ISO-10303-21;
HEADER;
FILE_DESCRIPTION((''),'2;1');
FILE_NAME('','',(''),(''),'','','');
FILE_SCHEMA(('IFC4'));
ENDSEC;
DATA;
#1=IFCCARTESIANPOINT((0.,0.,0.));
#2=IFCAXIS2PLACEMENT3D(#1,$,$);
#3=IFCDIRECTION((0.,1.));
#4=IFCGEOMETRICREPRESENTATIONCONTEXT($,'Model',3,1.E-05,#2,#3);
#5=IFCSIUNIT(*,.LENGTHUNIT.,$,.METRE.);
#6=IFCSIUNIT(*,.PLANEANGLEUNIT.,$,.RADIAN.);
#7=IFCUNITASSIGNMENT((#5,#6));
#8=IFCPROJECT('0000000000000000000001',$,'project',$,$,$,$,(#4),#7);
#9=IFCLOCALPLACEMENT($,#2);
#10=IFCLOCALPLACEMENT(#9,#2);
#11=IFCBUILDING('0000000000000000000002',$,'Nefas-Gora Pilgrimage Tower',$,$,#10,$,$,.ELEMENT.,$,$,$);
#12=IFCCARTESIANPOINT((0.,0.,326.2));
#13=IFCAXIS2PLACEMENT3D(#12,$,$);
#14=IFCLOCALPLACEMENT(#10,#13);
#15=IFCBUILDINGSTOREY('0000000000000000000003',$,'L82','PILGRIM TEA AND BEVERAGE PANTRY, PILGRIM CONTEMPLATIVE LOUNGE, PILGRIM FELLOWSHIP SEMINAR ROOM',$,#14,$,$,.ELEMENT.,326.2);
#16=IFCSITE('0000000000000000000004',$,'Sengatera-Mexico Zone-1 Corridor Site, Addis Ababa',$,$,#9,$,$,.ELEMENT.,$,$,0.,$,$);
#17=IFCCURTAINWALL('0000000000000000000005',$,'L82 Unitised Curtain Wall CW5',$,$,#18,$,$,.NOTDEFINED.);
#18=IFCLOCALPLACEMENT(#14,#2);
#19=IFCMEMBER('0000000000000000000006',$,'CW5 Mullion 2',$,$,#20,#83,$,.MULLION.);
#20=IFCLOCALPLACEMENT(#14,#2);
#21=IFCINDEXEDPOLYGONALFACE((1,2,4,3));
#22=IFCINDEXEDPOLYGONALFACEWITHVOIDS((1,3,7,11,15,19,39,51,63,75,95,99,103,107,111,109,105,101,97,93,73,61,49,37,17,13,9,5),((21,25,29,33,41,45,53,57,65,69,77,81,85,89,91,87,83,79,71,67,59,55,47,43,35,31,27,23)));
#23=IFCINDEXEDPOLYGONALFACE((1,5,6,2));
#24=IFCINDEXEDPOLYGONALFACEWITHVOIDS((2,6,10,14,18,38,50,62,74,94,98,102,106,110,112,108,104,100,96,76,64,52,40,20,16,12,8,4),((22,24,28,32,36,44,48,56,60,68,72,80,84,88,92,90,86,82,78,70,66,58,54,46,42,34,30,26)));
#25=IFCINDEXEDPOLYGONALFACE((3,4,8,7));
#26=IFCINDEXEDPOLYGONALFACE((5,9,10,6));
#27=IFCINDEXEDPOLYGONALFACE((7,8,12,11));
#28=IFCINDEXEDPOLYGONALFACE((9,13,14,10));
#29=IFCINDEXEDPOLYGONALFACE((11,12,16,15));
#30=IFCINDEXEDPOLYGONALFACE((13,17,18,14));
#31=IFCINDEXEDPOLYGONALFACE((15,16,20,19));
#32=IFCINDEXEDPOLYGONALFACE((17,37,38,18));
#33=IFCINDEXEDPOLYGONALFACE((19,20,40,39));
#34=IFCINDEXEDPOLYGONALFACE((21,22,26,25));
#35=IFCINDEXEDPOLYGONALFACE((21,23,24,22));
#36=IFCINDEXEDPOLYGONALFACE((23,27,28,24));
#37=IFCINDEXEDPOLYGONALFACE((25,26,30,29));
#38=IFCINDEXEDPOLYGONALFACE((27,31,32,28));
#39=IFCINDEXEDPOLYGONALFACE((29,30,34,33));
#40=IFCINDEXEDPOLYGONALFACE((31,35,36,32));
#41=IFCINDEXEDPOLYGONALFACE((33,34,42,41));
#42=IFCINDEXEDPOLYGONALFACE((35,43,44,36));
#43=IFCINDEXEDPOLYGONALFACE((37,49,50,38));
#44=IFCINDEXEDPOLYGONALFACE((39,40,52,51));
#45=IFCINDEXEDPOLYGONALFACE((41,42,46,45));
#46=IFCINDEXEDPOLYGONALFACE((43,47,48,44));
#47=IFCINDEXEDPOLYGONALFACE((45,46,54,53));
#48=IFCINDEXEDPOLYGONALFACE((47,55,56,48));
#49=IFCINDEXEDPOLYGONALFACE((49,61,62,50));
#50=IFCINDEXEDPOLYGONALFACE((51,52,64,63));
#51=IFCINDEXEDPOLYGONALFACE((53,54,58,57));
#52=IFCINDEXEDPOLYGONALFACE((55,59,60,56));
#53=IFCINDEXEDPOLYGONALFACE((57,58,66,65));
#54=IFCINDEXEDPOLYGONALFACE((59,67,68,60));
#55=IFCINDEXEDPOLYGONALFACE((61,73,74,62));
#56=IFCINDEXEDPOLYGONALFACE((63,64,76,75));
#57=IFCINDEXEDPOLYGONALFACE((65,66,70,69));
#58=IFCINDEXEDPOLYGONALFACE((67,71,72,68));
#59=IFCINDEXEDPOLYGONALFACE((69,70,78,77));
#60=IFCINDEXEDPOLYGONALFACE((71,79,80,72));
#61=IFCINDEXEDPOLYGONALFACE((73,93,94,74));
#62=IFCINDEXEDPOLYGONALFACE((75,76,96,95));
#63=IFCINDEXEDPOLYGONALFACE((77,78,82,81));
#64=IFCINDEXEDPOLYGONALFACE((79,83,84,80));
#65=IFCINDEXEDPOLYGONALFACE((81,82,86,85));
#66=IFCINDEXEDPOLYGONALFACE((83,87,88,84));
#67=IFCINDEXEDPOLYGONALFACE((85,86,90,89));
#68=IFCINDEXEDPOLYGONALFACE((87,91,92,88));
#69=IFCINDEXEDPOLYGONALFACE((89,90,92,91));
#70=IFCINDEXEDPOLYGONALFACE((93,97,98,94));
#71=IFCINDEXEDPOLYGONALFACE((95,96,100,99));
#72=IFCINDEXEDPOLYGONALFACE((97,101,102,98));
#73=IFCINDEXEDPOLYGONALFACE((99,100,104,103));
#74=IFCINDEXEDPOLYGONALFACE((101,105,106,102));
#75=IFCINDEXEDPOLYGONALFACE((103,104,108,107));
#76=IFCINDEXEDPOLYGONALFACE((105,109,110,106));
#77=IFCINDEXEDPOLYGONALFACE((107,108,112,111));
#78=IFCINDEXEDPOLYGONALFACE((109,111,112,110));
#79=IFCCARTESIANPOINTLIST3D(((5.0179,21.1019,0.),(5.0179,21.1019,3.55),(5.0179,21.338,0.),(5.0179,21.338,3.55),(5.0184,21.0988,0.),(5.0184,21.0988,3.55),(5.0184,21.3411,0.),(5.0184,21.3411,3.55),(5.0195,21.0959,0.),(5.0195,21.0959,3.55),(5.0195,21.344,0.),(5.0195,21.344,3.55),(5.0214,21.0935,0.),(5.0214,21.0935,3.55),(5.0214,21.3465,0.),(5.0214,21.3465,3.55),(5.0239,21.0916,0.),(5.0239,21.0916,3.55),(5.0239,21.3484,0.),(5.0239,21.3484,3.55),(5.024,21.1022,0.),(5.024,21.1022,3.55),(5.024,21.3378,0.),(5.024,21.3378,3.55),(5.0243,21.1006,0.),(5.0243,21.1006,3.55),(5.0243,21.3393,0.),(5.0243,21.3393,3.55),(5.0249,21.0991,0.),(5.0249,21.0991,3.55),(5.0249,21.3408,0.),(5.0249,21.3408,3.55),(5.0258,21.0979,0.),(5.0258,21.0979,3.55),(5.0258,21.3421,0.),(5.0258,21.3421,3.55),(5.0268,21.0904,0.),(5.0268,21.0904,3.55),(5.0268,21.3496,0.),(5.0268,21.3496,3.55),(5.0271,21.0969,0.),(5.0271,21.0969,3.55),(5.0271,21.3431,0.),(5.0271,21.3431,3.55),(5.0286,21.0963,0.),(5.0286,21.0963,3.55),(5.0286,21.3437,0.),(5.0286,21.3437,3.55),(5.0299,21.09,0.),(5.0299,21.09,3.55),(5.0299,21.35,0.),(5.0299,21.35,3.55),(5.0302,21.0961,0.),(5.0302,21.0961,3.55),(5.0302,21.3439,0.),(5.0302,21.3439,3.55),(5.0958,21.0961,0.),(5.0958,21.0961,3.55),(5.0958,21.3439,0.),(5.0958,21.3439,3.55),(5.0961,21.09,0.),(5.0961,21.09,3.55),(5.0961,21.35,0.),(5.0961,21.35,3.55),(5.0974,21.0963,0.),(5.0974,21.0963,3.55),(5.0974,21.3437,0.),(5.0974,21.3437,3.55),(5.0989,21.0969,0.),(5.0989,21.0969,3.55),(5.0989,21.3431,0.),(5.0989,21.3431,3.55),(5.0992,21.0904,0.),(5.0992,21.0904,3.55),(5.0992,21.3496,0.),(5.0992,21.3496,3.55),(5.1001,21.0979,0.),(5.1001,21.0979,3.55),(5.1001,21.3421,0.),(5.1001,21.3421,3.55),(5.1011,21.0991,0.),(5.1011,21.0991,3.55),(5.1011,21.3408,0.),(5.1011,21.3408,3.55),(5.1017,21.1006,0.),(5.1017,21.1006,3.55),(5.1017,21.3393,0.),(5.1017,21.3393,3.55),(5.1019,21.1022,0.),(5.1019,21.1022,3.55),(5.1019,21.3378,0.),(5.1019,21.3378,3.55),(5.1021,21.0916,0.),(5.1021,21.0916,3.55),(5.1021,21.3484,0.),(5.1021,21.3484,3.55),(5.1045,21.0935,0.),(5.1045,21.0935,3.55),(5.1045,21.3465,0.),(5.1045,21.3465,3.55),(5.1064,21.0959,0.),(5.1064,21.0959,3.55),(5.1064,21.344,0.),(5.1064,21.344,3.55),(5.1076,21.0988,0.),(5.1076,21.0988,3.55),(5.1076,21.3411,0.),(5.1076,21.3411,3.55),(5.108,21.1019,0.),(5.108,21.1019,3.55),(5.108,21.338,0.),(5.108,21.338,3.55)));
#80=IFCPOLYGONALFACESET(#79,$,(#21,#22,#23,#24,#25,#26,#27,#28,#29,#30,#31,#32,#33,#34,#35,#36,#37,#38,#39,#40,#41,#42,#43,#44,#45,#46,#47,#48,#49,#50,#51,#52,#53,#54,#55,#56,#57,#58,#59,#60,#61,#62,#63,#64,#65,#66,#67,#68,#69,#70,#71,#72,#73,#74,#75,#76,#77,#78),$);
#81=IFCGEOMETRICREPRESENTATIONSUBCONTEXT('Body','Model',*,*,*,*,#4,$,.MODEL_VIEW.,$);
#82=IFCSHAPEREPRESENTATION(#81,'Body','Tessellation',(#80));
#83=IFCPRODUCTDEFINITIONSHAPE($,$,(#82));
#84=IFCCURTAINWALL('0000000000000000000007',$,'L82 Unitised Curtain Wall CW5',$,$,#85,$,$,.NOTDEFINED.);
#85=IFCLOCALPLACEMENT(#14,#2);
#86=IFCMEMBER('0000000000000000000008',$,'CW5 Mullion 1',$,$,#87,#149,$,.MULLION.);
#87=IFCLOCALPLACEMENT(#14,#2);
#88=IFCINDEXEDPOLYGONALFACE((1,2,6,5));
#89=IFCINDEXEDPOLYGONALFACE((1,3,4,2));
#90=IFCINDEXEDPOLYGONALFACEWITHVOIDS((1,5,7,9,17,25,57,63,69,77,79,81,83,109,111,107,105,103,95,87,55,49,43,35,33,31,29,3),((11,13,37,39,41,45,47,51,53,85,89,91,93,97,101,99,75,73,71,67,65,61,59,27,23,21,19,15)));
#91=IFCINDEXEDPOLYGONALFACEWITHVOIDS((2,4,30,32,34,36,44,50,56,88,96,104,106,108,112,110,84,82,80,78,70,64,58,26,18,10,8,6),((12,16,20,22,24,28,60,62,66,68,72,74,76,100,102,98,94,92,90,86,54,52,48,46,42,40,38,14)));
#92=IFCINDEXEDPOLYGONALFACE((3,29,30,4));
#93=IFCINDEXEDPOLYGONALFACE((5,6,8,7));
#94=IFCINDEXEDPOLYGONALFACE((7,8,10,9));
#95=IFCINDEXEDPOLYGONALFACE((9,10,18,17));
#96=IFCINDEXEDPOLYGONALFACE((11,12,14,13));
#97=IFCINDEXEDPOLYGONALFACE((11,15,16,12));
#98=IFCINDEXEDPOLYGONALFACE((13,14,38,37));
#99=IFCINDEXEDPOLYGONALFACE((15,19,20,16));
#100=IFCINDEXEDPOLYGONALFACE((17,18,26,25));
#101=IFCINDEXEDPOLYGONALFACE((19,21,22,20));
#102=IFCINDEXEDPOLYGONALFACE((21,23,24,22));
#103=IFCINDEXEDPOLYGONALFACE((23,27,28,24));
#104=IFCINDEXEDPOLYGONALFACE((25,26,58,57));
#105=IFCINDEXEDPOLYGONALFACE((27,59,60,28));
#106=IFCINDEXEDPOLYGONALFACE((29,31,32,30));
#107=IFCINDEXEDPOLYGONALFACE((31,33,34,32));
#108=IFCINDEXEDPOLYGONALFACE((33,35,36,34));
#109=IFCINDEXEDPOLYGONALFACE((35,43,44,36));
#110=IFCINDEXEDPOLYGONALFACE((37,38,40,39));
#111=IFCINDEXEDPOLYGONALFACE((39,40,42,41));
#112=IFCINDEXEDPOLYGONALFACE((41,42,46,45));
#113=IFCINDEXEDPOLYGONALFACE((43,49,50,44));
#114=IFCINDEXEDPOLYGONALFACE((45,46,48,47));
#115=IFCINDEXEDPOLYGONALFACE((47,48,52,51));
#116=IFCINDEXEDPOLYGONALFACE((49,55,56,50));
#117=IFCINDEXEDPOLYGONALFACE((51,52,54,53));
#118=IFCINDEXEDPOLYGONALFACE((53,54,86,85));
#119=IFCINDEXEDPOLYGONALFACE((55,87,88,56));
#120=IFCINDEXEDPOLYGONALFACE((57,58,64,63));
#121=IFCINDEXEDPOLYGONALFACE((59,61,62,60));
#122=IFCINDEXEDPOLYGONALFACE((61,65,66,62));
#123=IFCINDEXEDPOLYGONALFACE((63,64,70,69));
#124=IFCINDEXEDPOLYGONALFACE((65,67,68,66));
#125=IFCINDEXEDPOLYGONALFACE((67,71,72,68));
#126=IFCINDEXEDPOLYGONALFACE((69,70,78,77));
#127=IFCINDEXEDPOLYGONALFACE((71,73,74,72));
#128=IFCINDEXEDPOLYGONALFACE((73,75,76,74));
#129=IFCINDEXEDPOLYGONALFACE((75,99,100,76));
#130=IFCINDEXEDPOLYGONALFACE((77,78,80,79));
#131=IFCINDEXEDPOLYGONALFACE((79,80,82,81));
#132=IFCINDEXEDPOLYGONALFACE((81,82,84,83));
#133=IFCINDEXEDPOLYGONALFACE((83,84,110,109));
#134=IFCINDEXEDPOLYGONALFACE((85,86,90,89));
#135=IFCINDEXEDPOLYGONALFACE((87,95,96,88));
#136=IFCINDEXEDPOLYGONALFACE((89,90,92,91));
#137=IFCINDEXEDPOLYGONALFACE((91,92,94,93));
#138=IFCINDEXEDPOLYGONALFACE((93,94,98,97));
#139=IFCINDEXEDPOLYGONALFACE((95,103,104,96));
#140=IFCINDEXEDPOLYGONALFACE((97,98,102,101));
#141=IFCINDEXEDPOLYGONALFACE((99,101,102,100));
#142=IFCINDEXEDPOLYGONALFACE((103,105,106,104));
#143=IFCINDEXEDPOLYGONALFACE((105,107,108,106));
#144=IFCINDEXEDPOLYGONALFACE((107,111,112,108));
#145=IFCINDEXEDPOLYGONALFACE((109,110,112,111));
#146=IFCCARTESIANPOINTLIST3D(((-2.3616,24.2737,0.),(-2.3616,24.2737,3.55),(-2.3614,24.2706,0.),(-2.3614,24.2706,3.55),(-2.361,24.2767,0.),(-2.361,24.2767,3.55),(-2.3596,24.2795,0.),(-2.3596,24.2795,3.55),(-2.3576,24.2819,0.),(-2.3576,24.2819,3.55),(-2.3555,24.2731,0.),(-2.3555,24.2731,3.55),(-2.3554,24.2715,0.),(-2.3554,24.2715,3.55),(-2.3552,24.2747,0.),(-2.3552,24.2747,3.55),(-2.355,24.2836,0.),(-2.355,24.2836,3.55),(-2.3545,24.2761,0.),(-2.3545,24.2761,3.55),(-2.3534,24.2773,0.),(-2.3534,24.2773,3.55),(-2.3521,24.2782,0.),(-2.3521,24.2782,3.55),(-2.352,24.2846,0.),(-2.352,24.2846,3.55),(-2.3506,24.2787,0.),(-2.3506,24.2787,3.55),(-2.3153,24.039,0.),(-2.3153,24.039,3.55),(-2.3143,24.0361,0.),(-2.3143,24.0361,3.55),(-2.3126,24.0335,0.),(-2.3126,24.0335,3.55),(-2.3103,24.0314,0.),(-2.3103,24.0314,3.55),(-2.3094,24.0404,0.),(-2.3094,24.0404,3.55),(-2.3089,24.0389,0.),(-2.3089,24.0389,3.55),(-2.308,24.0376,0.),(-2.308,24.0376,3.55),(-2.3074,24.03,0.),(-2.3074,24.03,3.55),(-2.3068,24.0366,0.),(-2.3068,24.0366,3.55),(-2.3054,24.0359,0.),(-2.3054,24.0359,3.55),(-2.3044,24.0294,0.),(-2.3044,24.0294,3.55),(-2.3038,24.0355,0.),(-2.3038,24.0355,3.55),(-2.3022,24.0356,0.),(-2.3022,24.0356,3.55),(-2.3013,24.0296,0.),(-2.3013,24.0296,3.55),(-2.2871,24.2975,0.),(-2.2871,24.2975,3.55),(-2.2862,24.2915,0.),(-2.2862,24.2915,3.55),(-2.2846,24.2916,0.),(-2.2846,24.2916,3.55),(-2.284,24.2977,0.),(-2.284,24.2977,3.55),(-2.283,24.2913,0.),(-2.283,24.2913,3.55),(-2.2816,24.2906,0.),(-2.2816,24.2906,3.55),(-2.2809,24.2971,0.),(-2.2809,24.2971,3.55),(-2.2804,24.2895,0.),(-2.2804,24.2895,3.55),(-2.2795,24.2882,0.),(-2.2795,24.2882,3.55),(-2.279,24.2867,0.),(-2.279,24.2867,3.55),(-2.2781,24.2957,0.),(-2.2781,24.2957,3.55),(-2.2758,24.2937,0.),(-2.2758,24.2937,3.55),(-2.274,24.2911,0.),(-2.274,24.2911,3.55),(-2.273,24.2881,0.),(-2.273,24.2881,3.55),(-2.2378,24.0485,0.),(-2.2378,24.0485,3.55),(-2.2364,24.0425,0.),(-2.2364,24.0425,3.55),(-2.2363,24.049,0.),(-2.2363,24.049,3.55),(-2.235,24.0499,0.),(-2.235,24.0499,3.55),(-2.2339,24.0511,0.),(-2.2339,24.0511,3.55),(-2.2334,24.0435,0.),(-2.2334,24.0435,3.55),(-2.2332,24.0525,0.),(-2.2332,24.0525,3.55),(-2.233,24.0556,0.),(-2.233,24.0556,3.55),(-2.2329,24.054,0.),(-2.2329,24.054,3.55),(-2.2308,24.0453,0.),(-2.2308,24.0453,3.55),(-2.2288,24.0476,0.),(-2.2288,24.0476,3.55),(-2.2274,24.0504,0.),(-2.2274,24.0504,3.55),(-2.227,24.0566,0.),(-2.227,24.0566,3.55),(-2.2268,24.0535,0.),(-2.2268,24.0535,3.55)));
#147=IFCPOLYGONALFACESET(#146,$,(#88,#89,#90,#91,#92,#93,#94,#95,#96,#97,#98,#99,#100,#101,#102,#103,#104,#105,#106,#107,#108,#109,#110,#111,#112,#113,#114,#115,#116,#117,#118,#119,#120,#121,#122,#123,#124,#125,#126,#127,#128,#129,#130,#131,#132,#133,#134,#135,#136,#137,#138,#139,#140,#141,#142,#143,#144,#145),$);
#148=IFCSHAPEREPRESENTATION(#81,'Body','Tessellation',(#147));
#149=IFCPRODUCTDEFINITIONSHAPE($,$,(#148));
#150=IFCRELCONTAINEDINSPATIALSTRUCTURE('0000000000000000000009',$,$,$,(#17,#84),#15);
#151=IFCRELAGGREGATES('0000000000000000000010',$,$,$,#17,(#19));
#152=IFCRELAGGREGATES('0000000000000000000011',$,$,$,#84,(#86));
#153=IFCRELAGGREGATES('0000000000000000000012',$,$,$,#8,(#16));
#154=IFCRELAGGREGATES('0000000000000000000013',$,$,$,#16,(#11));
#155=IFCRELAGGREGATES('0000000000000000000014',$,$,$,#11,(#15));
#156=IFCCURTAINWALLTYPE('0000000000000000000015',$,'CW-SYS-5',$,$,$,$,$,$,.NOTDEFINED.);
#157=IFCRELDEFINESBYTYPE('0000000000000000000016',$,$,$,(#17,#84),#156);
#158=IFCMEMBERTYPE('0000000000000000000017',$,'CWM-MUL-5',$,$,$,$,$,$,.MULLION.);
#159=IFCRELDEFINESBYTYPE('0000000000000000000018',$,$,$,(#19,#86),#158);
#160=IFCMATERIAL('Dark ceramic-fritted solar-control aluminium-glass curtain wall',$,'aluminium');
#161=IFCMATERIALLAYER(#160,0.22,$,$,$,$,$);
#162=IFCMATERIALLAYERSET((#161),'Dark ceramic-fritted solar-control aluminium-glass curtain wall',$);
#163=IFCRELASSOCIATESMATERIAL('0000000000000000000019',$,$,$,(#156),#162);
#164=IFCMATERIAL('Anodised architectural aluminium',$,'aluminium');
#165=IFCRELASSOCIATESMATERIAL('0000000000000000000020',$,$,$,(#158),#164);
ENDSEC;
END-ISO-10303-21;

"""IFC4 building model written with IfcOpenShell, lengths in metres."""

from ifc_helpers import new_model, si_unit, direction, frame, origin, origin_2d, place, context, subcontext, project, spatial, hollow_rectangle, extrude, source, transform, mapped, material, layer, layer_set, material_profile, profile_set, type_object, element, aggregate, save


model = new_model("IFC4")

# Units and contexts
model_context = context("Model", 3, precision=1e-05, world=origin(), true_north=direction((0.0, 1.0)))
body_context = subcontext(model_context, "Body", "Model", "MODEL_VIEW")
ifc_project = project(units=[si_unit("LENGTHUNIT", "METRE"), si_unit("PLANEANGLEUNIT", "RADIAN")], contexts=[model_context])

# Site, building, storey
site_placement = place(None, origin())
site = spatial("IfcSite", under=ifc_project, at=site_placement, Name="Sengatera-Mexico Zone-1 Corridor Site, Addis Ababa", CompositionType="ELEMENT", RefElevation=0.0)
building_placement = place(site_placement, origin())
building = spatial("IfcBuilding", under=site, at=building_placement, Name="Nefas-Gora Pilgrimage Tower", CompositionType="ELEMENT")
storey_placement = place(building_placement, frame((0.0, 0.0, 326.2)))
storey = spatial("IfcBuildingStorey", under=building, at=storey_placement, Name="L82", Description="PILGRIM TEA AND BEVERAGE PANTRY, PILGRIM CONTEMPLATIVE LOUNGE, PILGRIM FELLOWSHIP SEMINAR ROOM", CompositionType="ELEMENT", Elevation=326.2)

# Curtain wall, member
ifc_material_1 = material(Name="Dark ceramic-fritted solar-control aluminium-glass curtain wall", Category="aluminium")
ifc_layer_1 = layer(ifc_material_1, 0.22)
ifc_layer_set_1 = layer_set([ifc_layer_1], Name="Dark ceramic-fritted solar-control aluminium-glass curtain wall")
curtain_wall_type = type_object("IfcCurtainWallType", Name="CW-SYS-5", PredefinedType="NOTDEFINED", material=ifc_layer_set_1)
curtain_wall_1_placement = place(storey_placement, origin())
curtain_wall_1 = element("IfcCurtainWall", 1, at=curtain_wall_1_placement, inside=storey, type_object=curtain_wall_type, Name="L82 Unitised Curtain Wall CW5", PredefinedType="NOTDEFINED")
ifc_material_2 = material(Name="Anodised architectural aluminium", Category="aluminium")
ifc_material_profile_1 = material_profile(ifc_material_2, hollow_rectangle(XDim=0.0901, YDim=0.26, WallThickness=0.0061, InnerFilletRadius=0.0061, OuterFilletRadius=0.012, at=origin_2d()), Name="ALU MULLION 90x260")
ifc_profile_set_1 = profile_set([ifc_material_profile_1], Name="Anodised architectural aluminium")
member_type_1 = type_object("IfcMemberType", Name="CWM-MUL-5", PredefinedType="MULLION", material=ifc_profile_set_1)
shared_shape_1 = source(origin(), body_context, "Body", "SweptSolid", [
    extrude(hollow_rectangle(XDim=0.0901, YDim=0.26, WallThickness=0.0061, InnerFilletRadius=0.0061, OuterFilletRadius=0.012, at=origin_2d()), origin(), (0.0, 0.0, 1.0), 3.55),
])
member_1_placement = place(storey_placement, frame((5.063, 21.22, 0.0), z_axis=(0.0, 0.0, 1.0), x_axis=(-1.0, 0.0, 0.0)))
member_1 = element("IfcMember", 2, at=member_1_placement, type_object=member_type_1, Name="CW5 Mullion 2", PredefinedType="MULLION", context=body_context, shape_type="MappedRepresentation", body=[
    mapped(shared_shape_1, transform((0.0, 0.0, 0.0), x_axis=(1.0, 0.0, 0.0), y_axis=(0.0, 1.0, 0.0), z_axis=(0.0, 0.0, 1.0), scale=1.0)),
])
aggregate(curtain_wall_1, [member_1])

# Curtain wall, member
curtain_wall_2_placement = place(storey_placement, origin())
curtain_wall_2 = element("IfcCurtainWall", 3, at=curtain_wall_2_placement, inside=storey, type_object=curtain_wall_type, Name="L82 Unitised Curtain Wall CW5", PredefinedType="NOTDEFINED")
member_2_placement = place(storey_placement, frame((-2.2942, 24.1636, 0.0), z_axis=(0.0, 0.0, 1.0), x_axis=(-0.980783, -0.195102, 0.0)))
member_2 = element("IfcMember", 4, at=member_2_placement, type_object=member_type_1, Name="CW5 Mullion 1", PredefinedType="MULLION", context=body_context, shape_type="MappedRepresentation", body=[
    mapped(shared_shape_1, transform((0.0, 0.0, 0.0), x_axis=(1.0, 0.0, 0.0), y_axis=(0.0, 1.0, 0.0), z_axis=(0.0, 0.0, 1.0), scale=1.0)),
])
aggregate(curtain_wall_2, [member_2])

save(model, "model.ifc")
